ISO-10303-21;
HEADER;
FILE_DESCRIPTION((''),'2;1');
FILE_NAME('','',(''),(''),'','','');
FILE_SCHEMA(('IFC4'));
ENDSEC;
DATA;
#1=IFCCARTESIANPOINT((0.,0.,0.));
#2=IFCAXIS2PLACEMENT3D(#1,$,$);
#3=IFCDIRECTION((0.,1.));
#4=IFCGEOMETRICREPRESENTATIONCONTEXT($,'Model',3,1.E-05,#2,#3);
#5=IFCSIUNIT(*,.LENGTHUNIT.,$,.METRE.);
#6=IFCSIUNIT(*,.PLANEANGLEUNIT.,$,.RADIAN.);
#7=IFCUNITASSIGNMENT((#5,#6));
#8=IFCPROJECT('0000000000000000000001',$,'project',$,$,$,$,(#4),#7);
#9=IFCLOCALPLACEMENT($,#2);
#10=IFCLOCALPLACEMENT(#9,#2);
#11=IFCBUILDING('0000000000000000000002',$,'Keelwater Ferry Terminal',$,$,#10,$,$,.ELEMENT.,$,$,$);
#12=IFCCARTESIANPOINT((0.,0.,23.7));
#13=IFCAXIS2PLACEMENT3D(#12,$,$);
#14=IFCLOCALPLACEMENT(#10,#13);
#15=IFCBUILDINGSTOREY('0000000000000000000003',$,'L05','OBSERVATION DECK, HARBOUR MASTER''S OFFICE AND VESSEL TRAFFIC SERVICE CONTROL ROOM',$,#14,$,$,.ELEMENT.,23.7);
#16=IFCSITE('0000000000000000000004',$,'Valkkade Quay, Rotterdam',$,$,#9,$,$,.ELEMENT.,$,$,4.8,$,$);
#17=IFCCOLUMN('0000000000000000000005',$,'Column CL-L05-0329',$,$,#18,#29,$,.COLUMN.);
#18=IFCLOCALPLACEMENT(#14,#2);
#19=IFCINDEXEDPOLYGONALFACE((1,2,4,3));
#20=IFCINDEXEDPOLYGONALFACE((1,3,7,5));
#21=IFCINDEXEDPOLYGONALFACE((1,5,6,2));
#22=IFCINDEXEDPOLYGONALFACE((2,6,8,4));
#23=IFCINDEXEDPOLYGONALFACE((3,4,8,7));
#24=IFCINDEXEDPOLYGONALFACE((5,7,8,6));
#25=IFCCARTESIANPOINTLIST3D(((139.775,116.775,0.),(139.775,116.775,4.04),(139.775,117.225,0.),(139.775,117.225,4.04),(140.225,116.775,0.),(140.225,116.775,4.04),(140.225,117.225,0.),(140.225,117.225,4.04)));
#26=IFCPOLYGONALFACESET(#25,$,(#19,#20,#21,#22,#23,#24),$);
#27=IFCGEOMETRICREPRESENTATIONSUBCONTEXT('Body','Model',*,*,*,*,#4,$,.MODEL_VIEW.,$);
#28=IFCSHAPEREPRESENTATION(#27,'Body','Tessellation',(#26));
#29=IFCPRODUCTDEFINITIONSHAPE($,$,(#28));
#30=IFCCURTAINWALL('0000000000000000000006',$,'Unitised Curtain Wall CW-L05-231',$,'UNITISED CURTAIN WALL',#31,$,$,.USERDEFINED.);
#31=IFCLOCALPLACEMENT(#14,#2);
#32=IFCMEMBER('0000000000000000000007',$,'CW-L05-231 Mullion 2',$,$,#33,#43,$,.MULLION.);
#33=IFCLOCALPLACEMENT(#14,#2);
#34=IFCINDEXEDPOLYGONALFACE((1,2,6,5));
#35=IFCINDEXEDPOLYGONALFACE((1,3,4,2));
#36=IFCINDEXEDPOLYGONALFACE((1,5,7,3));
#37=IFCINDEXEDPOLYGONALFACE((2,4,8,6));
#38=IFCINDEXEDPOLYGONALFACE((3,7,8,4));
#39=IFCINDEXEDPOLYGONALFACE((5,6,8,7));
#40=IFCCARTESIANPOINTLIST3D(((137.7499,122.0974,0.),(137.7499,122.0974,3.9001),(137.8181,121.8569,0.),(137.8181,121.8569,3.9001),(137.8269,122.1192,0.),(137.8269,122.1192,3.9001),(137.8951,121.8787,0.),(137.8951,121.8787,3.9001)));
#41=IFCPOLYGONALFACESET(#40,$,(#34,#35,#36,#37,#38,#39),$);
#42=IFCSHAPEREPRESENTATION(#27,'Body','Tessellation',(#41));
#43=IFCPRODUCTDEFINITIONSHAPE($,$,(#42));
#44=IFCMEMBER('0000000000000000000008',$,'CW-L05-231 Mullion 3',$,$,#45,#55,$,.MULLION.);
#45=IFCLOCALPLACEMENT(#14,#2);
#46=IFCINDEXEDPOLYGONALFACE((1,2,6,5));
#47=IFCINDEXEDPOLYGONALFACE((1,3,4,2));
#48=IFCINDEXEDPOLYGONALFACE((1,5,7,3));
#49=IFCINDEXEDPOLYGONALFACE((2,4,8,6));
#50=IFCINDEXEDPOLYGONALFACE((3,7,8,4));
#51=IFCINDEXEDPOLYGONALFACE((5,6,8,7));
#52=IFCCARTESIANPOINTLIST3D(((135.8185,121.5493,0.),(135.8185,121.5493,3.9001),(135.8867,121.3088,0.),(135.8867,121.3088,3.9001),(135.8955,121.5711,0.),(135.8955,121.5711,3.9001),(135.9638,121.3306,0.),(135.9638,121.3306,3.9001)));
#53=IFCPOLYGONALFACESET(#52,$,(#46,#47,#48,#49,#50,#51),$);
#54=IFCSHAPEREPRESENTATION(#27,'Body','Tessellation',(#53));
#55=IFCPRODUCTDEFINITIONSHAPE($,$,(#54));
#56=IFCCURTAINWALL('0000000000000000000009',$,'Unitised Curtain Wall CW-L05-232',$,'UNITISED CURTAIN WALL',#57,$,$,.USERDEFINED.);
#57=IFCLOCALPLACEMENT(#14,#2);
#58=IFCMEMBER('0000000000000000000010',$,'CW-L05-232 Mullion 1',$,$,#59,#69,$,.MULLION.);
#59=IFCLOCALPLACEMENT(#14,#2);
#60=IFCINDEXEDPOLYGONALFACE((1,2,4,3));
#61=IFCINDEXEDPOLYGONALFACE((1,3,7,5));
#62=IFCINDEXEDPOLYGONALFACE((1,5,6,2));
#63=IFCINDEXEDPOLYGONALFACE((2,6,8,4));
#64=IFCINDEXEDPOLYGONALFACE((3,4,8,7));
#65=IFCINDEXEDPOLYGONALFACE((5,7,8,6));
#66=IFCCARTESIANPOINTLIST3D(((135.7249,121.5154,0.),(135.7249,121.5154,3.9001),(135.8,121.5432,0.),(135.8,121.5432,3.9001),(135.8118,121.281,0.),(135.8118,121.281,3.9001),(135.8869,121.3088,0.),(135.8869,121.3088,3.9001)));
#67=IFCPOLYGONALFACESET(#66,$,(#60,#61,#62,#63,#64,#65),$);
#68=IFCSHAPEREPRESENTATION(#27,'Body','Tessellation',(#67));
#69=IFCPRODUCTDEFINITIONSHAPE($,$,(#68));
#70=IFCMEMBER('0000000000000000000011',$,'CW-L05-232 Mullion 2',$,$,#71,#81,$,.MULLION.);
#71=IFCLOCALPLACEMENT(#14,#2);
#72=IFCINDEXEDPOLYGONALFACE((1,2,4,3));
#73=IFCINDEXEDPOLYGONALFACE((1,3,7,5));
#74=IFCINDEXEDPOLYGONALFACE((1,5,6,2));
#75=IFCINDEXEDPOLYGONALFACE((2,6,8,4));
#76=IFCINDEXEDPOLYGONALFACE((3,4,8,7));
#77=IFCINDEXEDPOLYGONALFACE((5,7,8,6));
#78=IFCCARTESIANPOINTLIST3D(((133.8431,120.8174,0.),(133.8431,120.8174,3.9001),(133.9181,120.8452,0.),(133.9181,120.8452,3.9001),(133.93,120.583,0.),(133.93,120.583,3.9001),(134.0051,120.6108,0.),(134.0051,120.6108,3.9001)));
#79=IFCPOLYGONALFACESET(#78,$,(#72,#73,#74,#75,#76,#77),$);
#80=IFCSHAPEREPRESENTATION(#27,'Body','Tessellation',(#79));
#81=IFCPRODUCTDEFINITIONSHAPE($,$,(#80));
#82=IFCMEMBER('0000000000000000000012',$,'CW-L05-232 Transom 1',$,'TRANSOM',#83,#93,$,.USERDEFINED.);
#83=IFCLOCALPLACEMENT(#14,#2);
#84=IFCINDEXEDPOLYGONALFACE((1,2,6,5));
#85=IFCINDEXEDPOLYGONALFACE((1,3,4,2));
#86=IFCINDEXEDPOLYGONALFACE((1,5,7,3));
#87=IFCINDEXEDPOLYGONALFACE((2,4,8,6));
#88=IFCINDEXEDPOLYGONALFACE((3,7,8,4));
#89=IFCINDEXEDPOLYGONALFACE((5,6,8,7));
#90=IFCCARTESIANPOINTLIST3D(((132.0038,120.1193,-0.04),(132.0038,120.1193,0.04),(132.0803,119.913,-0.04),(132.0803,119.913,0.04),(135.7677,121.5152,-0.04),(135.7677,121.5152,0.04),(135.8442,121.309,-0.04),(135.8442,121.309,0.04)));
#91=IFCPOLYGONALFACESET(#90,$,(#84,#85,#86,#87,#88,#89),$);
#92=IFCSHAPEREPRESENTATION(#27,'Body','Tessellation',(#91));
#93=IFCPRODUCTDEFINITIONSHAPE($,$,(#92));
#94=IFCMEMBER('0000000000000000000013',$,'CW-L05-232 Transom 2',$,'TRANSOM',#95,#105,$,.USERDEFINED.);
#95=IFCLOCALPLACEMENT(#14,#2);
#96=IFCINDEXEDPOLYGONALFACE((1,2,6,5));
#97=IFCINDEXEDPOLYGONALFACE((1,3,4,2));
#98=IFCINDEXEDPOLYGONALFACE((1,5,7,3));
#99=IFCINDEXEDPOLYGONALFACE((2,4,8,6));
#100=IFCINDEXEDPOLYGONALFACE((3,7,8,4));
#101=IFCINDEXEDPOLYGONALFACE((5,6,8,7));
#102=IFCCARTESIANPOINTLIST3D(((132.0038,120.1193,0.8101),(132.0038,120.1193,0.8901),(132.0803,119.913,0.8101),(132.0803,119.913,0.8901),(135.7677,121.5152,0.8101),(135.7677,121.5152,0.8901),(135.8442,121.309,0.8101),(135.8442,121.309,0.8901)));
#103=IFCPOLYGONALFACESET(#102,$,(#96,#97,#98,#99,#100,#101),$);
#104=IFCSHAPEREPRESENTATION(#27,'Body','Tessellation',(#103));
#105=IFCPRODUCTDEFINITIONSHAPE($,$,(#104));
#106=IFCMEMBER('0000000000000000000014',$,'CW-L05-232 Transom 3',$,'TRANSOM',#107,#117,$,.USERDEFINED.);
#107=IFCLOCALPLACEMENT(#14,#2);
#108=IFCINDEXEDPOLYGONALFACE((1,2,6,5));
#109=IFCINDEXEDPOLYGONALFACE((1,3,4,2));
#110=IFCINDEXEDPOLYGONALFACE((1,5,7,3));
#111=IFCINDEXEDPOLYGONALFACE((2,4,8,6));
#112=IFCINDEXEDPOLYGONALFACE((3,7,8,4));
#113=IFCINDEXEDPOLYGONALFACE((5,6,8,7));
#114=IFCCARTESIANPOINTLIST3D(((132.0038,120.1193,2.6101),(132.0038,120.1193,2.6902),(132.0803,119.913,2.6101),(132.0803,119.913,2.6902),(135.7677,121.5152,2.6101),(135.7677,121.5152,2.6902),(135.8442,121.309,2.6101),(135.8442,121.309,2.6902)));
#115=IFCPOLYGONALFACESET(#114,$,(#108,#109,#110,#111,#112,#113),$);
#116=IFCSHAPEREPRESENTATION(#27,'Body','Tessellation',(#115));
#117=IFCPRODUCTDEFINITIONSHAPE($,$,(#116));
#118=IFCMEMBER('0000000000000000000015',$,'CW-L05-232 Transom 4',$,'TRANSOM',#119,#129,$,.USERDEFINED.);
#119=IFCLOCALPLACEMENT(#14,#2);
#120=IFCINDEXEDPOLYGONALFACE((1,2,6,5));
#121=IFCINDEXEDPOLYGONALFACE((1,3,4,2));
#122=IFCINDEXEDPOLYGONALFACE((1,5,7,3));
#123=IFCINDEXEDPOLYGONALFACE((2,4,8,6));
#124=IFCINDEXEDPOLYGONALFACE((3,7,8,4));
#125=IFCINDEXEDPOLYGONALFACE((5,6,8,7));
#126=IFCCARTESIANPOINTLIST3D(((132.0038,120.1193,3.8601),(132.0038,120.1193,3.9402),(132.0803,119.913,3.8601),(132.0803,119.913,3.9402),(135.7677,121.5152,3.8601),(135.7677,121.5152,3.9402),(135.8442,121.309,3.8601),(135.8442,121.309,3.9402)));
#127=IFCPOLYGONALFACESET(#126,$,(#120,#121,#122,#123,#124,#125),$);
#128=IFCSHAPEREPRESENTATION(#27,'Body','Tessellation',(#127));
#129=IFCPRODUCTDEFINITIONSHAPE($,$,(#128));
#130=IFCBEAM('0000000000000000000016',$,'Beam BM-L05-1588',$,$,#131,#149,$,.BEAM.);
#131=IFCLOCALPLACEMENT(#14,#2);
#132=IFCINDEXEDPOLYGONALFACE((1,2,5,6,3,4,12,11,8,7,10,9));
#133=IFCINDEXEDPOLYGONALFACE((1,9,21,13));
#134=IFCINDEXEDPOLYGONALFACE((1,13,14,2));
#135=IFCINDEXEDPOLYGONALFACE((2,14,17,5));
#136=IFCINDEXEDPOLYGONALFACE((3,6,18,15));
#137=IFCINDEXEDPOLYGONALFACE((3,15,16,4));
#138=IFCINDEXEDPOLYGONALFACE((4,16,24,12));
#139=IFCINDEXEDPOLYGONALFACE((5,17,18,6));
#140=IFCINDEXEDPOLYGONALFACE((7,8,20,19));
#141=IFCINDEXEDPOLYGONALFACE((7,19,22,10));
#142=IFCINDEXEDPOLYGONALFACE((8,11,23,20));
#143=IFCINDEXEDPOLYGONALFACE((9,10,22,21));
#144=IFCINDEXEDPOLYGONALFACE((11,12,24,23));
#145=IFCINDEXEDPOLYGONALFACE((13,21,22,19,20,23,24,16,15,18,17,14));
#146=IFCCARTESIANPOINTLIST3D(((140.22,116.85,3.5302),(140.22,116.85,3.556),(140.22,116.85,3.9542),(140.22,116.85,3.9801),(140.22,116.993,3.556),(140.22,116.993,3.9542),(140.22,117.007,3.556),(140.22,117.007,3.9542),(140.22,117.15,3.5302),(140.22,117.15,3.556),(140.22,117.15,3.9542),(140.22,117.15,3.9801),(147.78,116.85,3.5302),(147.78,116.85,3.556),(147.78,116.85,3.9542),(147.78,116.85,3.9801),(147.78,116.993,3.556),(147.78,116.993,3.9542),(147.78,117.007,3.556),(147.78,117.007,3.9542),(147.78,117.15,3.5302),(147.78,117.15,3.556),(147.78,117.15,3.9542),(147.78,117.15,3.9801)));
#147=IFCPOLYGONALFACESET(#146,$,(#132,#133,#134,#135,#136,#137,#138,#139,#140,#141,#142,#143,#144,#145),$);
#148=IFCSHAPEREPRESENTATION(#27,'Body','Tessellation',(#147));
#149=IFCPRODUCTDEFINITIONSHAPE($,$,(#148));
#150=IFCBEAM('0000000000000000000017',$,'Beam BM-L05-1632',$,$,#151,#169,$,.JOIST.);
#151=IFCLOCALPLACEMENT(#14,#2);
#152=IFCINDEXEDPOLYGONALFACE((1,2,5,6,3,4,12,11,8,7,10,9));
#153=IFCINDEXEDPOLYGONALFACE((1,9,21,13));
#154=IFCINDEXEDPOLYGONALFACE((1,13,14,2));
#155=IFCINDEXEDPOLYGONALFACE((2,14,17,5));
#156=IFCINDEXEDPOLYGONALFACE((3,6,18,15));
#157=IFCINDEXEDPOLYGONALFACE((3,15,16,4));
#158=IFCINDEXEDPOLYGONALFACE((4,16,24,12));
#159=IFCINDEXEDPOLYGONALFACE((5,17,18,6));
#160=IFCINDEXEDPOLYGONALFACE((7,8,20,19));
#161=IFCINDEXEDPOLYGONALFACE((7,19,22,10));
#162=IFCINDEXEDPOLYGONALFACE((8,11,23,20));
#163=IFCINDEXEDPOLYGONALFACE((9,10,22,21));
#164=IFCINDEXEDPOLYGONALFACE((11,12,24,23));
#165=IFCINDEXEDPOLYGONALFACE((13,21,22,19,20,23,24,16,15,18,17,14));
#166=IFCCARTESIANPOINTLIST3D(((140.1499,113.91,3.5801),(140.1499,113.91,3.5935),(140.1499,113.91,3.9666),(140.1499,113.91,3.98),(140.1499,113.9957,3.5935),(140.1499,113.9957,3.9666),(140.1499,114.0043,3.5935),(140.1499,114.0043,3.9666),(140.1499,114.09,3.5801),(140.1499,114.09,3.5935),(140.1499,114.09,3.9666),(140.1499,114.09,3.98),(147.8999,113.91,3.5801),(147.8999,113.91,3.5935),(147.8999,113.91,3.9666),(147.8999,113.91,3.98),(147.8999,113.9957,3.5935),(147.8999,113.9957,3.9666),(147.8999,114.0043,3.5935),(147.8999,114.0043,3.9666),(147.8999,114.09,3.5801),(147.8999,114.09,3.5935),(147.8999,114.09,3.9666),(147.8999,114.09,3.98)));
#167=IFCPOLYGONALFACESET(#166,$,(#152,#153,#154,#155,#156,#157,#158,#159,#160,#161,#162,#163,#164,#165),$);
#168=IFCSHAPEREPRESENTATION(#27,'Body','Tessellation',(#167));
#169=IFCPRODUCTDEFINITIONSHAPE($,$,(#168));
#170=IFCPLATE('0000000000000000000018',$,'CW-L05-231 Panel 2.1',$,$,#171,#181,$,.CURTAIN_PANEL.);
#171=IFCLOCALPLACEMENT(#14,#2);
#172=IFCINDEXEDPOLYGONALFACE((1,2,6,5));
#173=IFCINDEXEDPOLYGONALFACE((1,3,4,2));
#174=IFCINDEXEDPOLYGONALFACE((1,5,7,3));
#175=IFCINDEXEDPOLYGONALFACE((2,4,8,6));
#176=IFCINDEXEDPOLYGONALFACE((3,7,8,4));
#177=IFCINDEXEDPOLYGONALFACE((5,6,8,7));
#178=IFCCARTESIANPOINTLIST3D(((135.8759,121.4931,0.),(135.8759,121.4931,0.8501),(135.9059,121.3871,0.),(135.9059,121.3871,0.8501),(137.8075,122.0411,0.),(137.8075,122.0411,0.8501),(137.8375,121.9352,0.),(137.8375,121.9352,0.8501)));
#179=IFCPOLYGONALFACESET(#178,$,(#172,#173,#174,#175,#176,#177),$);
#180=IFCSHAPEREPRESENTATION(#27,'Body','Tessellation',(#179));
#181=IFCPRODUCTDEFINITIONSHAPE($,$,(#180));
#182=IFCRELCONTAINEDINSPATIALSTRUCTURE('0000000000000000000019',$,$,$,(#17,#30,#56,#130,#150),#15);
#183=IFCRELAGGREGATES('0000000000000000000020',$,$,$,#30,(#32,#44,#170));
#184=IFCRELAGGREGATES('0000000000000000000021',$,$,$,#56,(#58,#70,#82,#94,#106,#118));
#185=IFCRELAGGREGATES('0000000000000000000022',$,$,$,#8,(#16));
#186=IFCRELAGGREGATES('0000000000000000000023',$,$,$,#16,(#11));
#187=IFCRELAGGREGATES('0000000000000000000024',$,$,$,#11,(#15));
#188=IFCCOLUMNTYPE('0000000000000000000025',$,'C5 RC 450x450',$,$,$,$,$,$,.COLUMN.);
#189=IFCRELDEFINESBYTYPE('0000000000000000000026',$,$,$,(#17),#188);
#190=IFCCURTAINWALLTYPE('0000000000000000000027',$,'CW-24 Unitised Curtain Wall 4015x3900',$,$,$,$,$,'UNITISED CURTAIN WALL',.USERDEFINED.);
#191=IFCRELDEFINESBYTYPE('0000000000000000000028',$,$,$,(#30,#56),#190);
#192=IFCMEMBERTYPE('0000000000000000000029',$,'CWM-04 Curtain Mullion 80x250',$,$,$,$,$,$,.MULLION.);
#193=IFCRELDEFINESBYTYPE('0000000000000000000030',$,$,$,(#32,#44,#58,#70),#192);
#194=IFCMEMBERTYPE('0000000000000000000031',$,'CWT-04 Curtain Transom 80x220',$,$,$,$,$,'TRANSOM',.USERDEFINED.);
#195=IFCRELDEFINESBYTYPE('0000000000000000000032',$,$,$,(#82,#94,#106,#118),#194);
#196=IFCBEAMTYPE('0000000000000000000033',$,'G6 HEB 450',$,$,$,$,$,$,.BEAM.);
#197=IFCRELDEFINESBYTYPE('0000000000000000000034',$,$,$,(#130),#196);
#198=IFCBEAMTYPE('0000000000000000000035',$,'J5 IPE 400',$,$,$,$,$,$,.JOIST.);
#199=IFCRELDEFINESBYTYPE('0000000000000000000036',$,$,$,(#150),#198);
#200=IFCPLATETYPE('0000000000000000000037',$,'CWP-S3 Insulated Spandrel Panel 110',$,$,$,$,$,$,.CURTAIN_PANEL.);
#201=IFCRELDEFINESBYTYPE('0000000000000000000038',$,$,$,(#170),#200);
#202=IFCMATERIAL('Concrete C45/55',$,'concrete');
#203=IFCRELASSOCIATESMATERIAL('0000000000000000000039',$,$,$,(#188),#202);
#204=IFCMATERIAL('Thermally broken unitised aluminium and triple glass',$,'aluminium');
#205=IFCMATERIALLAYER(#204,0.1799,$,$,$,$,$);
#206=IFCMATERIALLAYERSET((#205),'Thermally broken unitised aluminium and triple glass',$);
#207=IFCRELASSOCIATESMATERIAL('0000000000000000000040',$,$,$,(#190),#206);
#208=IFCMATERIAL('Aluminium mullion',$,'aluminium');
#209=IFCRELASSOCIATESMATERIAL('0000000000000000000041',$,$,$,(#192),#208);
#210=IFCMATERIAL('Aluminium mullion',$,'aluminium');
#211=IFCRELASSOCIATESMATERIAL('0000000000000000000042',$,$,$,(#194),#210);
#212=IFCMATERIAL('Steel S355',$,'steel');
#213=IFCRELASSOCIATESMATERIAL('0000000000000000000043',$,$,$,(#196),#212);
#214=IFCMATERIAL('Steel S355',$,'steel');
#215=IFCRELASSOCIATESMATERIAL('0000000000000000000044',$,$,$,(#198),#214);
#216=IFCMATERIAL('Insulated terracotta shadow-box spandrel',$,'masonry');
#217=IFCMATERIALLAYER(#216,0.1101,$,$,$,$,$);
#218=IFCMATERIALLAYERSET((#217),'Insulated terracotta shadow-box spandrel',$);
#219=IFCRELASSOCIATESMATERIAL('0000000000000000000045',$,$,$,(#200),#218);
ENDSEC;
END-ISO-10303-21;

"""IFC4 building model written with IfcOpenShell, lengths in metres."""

from ifc_helpers import new_model, si_unit, direction, frame, origin, origin_2d, place, context, subcontext, project, spatial, rectangle, i_section, extrude, material, layer, layer_set, material_profile, profile_set, type_object, element, aggregate, save


model = new_model("IFC4")

# Units and contexts
model_context = context("Model", 3, precision=1e-05, world=origin(), true_north=direction((0.0, 1.0)))
body_context = subcontext(model_context, "Body", "Model", "MODEL_VIEW")
ifc_project = project(units=[si_unit("LENGTHUNIT", "METRE"), si_unit("PLANEANGLEUNIT", "RADIAN")], contexts=[model_context])

# Site, building, storey
site_placement = place(None, origin())
site = spatial("IfcSite", under=ifc_project, at=site_placement, Name="Valkkade Quay, Rotterdam", CompositionType="ELEMENT", RefElevation=4.8)
building_placement = place(site_placement, origin())
building = spatial("IfcBuilding", under=site, at=building_placement, Name="Keelwater Ferry Terminal", CompositionType="ELEMENT")
storey_placement = place(building_placement, frame((0.0, 0.0, 23.7)))
storey = spatial("IfcBuildingStorey", under=building, at=storey_placement, Name="L05", Description="OBSERVATION DECK, HARBOUR MASTER'S OFFICE AND VESSEL TRAFFIC SERVICE CONTROL ROOM", CompositionType="ELEMENT", Elevation=23.7)

# Column
ifc_material_1 = material(Name="Concrete C45/55", Category="concrete")
ifc_material_profile_1 = material_profile(ifc_material_1, rectangle(XDim=0.45, YDim=0.45, at=origin_2d()), Name="RC 450x450")
ifc_profile_set_1 = profile_set([ifc_material_profile_1], Name="Concrete C45/55")
column_type = type_object("IfcColumnType", Name="C5 RC 450x450", PredefinedType="COLUMN", material=ifc_profile_set_1)
column_placement = place(storey_placement, frame((140.0, 117.0, 0.0), z_axis=(0.0, 0.0, 1.0), x_axis=(1.0, 0.0, 0.0)))
element("IfcColumn", 1, at=column_placement, inside=storey, type_object=column_type, Name="Column CL-L05-0329", PredefinedType="COLUMN", context=body_context, shape_type="SweptSolid", body=[
    extrude(rectangle(XDim=0.45, YDim=0.45, at=origin_2d()), origin(), (0.0, 0.0, 1.0), 4.04),
])

# Curtain walls, members
ifc_material_2 = material(Name="Thermally broken unitised aluminium and triple glass", Category="aluminium")
ifc_layer_1 = layer(ifc_material_2, 0.1799)
ifc_layer_set_1 = layer_set([ifc_layer_1], Name="Thermally broken unitised aluminium and triple glass")
curtain_wall_type = type_object("IfcCurtainWallType", Name="CW-24 Unitised Curtain Wall 4015x3900", ElementType="UNITISED CURTAIN WALL", PredefinedType="USERDEFINED", material=ifc_layer_set_1)
curtain_wall_1_placement = place(storey_placement, origin())
curtain_wall_1 = element("IfcCurtainWall", 2, at=curtain_wall_1_placement, inside=storey, type_object=curtain_wall_type, Name="Unitised Curtain Wall CW-L05-231", ObjectType="UNITISED CURTAIN WALL", PredefinedType="USERDEFINED")
ifc_material_3 = material(Name="Aluminium mullion", Category="aluminium")
ifc_material_profile_2 = material_profile(ifc_material_3, rectangle(XDim=0.0801, YDim=0.25, at=origin_2d()), Name="CWM-04")
ifc_profile_set_2 = profile_set([ifc_material_profile_2], Name="Aluminium mullion")
member_type_1 = type_object("IfcMemberType", Name="CWM-04 Curtain Mullion 80x250", PredefinedType="MULLION", material=ifc_profile_set_2)
member_1_placement = place(storey_placement, frame((137.8225, 121.988, 0.0), z_axis=(0.0, 0.0, 1.0), x_axis=(-0.96203, -0.272945, 0.0)))
member_1 = element("IfcMember", 3, at=member_1_placement, type_object=member_type_1, Name="CW-L05-231 Mullion 2", PredefinedType="MULLION", context=body_context, shape_type="SweptSolid", body=[
    extrude(rectangle(XDim=0.0801, YDim=0.25, at=origin_2d()), origin(), (0.0, 0.0, 1.0), 3.9001),
])
member_2_placement = place(storey_placement, frame((135.8911, 121.4399, 0.0), z_axis=(0.0, 0.0, 1.0), x_axis=(-0.96203, -0.272945, 0.0)))
member_2 = element("IfcMember", 4, at=member_2_placement, type_object=member_type_1, Name="CW-L05-231 Mullion 3", PredefinedType="MULLION", context=body_context, shape_type="SweptSolid", body=[
    extrude(rectangle(XDim=0.0801, YDim=0.25, at=origin_2d()), origin(), (0.0, 0.0, 1.0), 3.9001),
])
curtain_wall_2_placement = place(storey_placement, origin())
curtain_wall_2 = element("IfcCurtainWall", 5, at=curtain_wall_2_placement, inside=storey, type_object=curtain_wall_type, Name="Unitised Curtain Wall CW-L05-232", ObjectType="UNITISED CURTAIN WALL", PredefinedType="USERDEFINED")
member_3_placement = place(storey_placement, frame((135.8059, 121.4121, 0.0), z_axis=(0.0, 0.0, 1.0), x_axis=(-0.937592, -0.347736, 0.0)))
member_3 = element("IfcMember", 6, at=member_3_placement, type_object=member_type_1, Name="CW-L05-232 Mullion 1", PredefinedType="MULLION", context=body_context, shape_type="SweptSolid", body=[
    extrude(rectangle(XDim=0.0801, YDim=0.25, at=origin_2d()), origin(), (0.0, 0.0, 1.0), 3.9001),
])
member_4_placement = place(storey_placement, frame((133.9241, 120.7141, 0.0), z_axis=(0.0, 0.0, 1.0), x_axis=(-0.937592, -0.347736, 0.0)))
member_4 = element("IfcMember", 7, at=member_4_placement, type_object=member_type_1, Name="CW-L05-232 Mullion 2", PredefinedType="MULLION", context=body_context, shape_type="SweptSolid", body=[
    extrude(rectangle(XDim=0.0801, YDim=0.25, at=origin_2d()), origin(), (0.0, 0.0, 1.0), 3.9001),
])
ifc_material_4 = material(Name="Aluminium mullion", Category="aluminium")
ifc_material_profile_3 = material_profile(ifc_material_4, rectangle(XDim=0.22, YDim=0.0801, at=origin_2d()), Name="CWT-04")
ifc_profile_set_3 = profile_set([ifc_material_profile_3], Name="Aluminium mullion")
member_type_2 = type_object("IfcMemberType", Name="CWT-04 Curtain Transom 80x220", ElementType="TRANSOM", PredefinedType="USERDEFINED", material=ifc_profile_set_3)
member_5_placement = place(storey_placement, frame((135.8059, 121.4121, 0.0), z_axis=(-0.93759, -0.347742, 0.0), x_axis=(0.347742, -0.93759, 0.0)))
member_5 = element("IfcMember", 8, at=member_5_placement, type_object=member_type_2, Name="CW-L05-232 Transom 1", ObjectType="TRANSOM", PredefinedType="USERDEFINED", context=body_context, shape_type="SweptSolid", body=[
    extrude(rectangle(XDim=0.22, YDim=0.0801, at=origin_2d()), origin(), (0.0, 0.0, 1.0), 4.0144),
])
member_6_placement = place(storey_placement, frame((135.8059, 121.4121, 0.8501), z_axis=(-0.93759, -0.347742, 0.0), x_axis=(0.347742, -0.93759, 0.0)))
member_6 = element("IfcMember", 9, at=member_6_placement, type_object=member_type_2, Name="CW-L05-232 Transom 2", ObjectType="TRANSOM", PredefinedType="USERDEFINED", context=body_context, shape_type="SweptSolid", body=[
    extrude(rectangle(XDim=0.22, YDim=0.0801, at=origin_2d()), origin(), (0.0, 0.0, 1.0), 4.0144),
])
member_7_placement = place(storey_placement, frame((135.8059, 121.4121, 2.6501), z_axis=(-0.93759, -0.347742, 0.0), x_axis=(0.347742, -0.93759, 0.0)))
member_7 = element("IfcMember", 10, at=member_7_placement, type_object=member_type_2, Name="CW-L05-232 Transom 3", ObjectType="TRANSOM", PredefinedType="USERDEFINED", context=body_context, shape_type="SweptSolid", body=[
    extrude(rectangle(XDim=0.22, YDim=0.0801, at=origin_2d()), origin(), (0.0, 0.0, 1.0), 4.0144),
])
member_8_placement = place(storey_placement, frame((135.8059, 121.4121, 3.9001), z_axis=(-0.93759, -0.347742, 0.0), x_axis=(0.347742, -0.93759, 0.0)))
member_8 = element("IfcMember", 11, at=member_8_placement, type_object=member_type_2, Name="CW-L05-232 Transom 4", ObjectType="TRANSOM", PredefinedType="USERDEFINED", context=body_context, shape_type="SweptSolid", body=[
    extrude(rectangle(XDim=0.22, YDim=0.0801, at=origin_2d()), origin(), (0.0, 0.0, 1.0), 4.0144),
])

# Beams
ifc_material_5 = material(Name="Steel S355", Category="steel")
ifc_material_profile_4 = material_profile(ifc_material_5, i_section(OverallWidth=0.3, OverallDepth=0.45, WebThickness=0.0139, FlangeThickness=0.0259, at=origin_2d()), Name="HEB 450")
ifc_profile_set_4 = profile_set([ifc_material_profile_4], Name="Steel S355")
beam_type_1 = type_object("IfcBeamType", Name="G6 HEB 450", PredefinedType="BEAM", material=ifc_profile_set_4)
beam_1_placement = place(storey_placement, frame((140.22, 117.0, 3.7551), z_axis=(1.0, 0.0, 0.0), x_axis=(0.0, 1.0, 0.0)))
element("IfcBeam", 12, at=beam_1_placement, inside=storey, type_object=beam_type_1, Name="Beam BM-L05-1588", PredefinedType="BEAM", context=body_context, shape_type="SweptSolid", body=[
    extrude(i_section(OverallWidth=0.3, OverallDepth=0.45, WebThickness=0.0139, FlangeThickness=0.0259, at=origin_2d()), origin(), (0.0, 0.0, 1.0), 7.5601),
])
ifc_material_6 = material(Name="Steel S355", Category="steel")
ifc_material_profile_5 = material_profile(ifc_material_6, i_section(OverallWidth=0.1799, OverallDepth=0.3999, WebThickness=0.0085, FlangeThickness=0.0134, at=origin_2d()), Name="IPE 400")
ifc_profile_set_5 = profile_set([ifc_material_profile_5], Name="Steel S355")
beam_type_2 = type_object("IfcBeamType", Name="J5 IPE 400", PredefinedType="JOIST", material=ifc_profile_set_5)
beam_2_placement = place(storey_placement, frame((140.1499, 114.0, 3.78), z_axis=(1.0, 0.0, 0.0), x_axis=(0.0, 1.0, 0.0)))
element("IfcBeam", 13, at=beam_2_placement, inside=storey, type_object=beam_type_2, Name="Beam BM-L05-1632", PredefinedType="JOIST", context=body_context, shape_type="SweptSolid", body=[
    extrude(i_section(OverallWidth=0.1799, OverallDepth=0.3999, WebThickness=0.0085, FlangeThickness=0.0134, at=origin_2d()), origin(), (0.0, 0.0, 1.0), 7.75),
])

# Plate
ifc_material_7 = material(Name="Insulated terracotta shadow-box spandrel", Category="masonry")
ifc_layer_2 = layer(ifc_material_7, 0.1101)
ifc_layer_set_2 = layer_set([ifc_layer_2], Name="Insulated terracotta shadow-box spandrel")
plate_type_1 = type_object("IfcPlateType", Name="CWP-S3 Insulated Spandrel Panel 110", PredefinedType="CURTAIN_PANEL", material=ifc_layer_set_2)
plate_1_placement = place(storey_placement, frame((136.8567, 121.7141, 0.0), z_axis=(0.0, 0.0, 1.0), x_axis=(-0.96203, -0.272945, 0.0)))
plate_1 = element("IfcPlate", 14, at=plate_1_placement, type_object=plate_type_1, Name="CW-L05-231 Panel 2.1", PredefinedType="CURTAIN_PANEL", context=body_context, shape_type="SweptSolid", body=[
    extrude(rectangle(XDim=2.0078, YDim=0.1101, at=origin_2d()), origin(), (0.0, 0.0, 1.0), 0.8501),
])
aggregate(curtain_wall_1, [member_1, member_2, plate_1])
aggregate(curtain_wall_2, [member_3, member_4, member_5, member_6, member_7, member_8])

save(model, "model.ifc")
